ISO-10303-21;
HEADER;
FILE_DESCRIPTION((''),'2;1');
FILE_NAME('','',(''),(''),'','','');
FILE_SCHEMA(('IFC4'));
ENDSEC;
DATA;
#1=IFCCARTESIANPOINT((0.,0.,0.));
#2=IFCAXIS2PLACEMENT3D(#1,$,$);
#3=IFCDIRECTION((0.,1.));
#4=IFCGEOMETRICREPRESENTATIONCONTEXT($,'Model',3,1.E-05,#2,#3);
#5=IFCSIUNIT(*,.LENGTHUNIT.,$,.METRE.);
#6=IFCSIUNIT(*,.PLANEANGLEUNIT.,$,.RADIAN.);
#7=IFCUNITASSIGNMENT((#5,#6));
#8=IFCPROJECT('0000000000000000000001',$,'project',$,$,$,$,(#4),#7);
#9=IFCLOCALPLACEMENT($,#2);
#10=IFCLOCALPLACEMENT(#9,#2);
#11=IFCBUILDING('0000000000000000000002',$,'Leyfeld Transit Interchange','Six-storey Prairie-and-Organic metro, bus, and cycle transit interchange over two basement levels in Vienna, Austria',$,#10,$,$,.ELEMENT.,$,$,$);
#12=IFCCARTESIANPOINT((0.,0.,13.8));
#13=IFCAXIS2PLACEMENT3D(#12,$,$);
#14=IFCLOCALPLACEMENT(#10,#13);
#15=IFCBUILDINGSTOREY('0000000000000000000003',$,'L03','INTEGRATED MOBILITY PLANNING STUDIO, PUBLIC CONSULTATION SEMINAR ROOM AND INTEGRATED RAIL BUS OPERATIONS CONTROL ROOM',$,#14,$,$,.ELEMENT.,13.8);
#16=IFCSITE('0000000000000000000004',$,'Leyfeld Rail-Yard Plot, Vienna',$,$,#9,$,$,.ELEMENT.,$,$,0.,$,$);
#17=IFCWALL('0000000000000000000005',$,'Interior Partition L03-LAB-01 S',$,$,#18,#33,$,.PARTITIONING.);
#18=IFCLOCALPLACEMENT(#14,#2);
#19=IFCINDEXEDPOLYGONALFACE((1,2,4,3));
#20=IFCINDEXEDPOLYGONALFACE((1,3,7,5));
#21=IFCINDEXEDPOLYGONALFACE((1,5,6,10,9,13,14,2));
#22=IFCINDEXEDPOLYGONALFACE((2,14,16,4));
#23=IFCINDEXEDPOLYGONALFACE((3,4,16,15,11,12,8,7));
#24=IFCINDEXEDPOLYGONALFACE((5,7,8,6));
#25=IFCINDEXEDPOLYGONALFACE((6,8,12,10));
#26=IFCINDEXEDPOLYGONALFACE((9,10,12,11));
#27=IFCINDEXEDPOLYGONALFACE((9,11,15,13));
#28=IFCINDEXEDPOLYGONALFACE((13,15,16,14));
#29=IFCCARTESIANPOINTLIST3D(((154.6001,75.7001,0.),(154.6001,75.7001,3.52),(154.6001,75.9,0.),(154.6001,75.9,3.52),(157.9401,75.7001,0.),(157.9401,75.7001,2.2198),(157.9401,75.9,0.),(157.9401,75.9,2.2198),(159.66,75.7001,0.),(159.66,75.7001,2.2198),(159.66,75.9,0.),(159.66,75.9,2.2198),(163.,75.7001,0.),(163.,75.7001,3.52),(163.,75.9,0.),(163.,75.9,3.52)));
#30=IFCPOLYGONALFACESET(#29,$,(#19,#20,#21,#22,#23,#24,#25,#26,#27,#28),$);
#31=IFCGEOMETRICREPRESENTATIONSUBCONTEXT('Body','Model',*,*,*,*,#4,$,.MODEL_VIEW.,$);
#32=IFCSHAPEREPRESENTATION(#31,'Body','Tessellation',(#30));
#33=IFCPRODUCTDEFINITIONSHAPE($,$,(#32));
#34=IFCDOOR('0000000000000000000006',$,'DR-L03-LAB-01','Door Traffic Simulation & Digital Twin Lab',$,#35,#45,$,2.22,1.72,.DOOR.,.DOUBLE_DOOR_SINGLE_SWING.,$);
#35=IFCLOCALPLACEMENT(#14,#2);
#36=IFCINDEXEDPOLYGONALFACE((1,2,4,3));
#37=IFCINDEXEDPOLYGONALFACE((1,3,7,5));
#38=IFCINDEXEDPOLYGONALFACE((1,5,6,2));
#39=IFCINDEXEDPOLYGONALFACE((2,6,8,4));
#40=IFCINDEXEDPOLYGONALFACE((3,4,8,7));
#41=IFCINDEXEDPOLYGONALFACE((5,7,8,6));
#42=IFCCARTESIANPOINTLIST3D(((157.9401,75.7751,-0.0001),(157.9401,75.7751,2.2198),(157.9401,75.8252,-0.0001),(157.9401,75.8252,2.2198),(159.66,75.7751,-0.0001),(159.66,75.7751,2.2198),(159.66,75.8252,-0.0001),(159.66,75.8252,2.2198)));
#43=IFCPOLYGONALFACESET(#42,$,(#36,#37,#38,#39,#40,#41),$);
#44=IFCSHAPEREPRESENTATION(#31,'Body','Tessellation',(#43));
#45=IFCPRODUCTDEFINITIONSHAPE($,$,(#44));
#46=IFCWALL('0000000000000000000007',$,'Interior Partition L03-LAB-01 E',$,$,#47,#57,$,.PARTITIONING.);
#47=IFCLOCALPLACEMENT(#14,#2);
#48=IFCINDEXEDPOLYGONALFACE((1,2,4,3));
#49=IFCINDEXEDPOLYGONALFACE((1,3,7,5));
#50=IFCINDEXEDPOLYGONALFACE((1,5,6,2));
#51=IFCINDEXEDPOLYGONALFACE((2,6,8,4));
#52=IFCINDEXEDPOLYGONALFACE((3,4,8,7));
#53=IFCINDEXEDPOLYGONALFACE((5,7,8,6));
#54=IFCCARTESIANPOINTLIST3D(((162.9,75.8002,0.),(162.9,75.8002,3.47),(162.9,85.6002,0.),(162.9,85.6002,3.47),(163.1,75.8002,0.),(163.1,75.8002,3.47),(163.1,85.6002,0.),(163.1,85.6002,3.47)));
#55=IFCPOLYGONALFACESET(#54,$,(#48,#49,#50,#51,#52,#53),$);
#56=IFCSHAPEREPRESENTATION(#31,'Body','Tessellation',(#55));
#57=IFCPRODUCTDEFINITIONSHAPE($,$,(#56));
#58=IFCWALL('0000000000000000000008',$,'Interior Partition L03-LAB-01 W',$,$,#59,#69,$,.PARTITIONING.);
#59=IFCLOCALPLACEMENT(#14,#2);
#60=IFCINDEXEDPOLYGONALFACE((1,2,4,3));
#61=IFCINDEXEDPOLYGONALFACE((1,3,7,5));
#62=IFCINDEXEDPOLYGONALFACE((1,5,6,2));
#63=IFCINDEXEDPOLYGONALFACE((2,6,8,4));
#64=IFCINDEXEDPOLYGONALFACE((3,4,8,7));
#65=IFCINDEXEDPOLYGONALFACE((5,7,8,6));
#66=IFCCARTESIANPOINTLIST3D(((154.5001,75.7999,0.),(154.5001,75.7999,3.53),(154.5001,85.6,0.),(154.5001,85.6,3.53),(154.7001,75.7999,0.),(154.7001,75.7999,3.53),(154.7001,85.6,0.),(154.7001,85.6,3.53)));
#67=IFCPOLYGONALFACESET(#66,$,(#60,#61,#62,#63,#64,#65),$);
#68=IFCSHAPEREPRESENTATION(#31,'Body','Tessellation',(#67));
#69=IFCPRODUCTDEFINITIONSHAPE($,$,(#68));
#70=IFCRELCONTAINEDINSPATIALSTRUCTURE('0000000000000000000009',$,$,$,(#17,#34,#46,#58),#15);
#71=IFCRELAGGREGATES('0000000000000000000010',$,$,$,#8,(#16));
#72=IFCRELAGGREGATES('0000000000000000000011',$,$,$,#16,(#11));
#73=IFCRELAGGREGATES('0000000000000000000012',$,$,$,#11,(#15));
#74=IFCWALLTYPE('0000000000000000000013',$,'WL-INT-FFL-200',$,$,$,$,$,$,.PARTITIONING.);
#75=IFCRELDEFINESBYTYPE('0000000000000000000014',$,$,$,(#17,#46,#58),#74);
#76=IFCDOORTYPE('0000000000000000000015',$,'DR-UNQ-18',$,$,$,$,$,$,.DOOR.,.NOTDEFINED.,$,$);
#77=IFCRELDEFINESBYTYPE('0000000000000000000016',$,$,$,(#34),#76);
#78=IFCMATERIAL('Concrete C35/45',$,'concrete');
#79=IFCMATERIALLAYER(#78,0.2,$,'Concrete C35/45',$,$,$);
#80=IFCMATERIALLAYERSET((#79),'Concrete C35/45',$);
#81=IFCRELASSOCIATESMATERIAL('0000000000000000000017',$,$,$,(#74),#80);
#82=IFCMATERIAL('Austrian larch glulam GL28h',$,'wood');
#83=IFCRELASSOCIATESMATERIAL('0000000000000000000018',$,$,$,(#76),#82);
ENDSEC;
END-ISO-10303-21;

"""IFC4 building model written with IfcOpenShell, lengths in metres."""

from ifc_helpers import new_model, si_unit, direction, frame, frame_2d, origin, place, context, subcontext, project, spatial, rectangle, extrude, material, layer, layer_set, type_object, element, fill, save


model = new_model("IFC4")

# Units and contexts
model_context = context("Model", 3, precision=1e-05, world=origin(), true_north=direction((0.0, 1.0)))
body_context = subcontext(model_context, "Body", "Model", "MODEL_VIEW")
ifc_project = project(units=[si_unit("LENGTHUNIT", "METRE"), si_unit("PLANEANGLEUNIT", "RADIAN")], contexts=[model_context])

# Site, building, storey
site_placement = place(None, origin())
site = spatial("IfcSite", under=ifc_project, at=site_placement, Name="Leyfeld Rail-Yard Plot, Vienna", CompositionType="ELEMENT", RefElevation=0.0)
building_placement = place(site_placement, origin())
building = spatial("IfcBuilding", under=site, at=building_placement, Name="Leyfeld Transit Interchange", Description="Six-storey Prairie-and-Organic metro, bus, and cycle transit interchange over two basement levels in Vienna, Austria", CompositionType="ELEMENT")
storey_placement = place(building_placement, frame((0.0, 0.0, 13.8)))
storey = spatial("IfcBuildingStorey", under=building, at=storey_placement, Name="L03", Description="INTEGRATED MOBILITY PLANNING STUDIO, PUBLIC CONSULTATION SEMINAR ROOM AND INTEGRATED RAIL BUS OPERATIONS CONTROL ROOM", CompositionType="ELEMENT", Elevation=13.8)

# Wall, opening, door
ifc_material_1 = material(Name="Concrete C35/45", Category="concrete")
ifc_layer_1 = layer(ifc_material_1, 0.2, Name="Concrete C35/45")
ifc_layer_set_1 = layer_set([ifc_layer_1], Name="Concrete C35/45")
wall_type_1 = type_object("IfcWallType", Name="WL-INT-FFL-200", PredefinedType="PARTITIONING", material=ifc_layer_set_1)
wall_1_placement = place(storey_placement, frame((163.0, 75.8, 0.0), z_axis=(0.0, 0.0, 1.0), x_axis=(-1.0, 0.0, 0.0)))
wall_1 = element("IfcWall", 1, at=wall_1_placement, inside=storey, type_object=wall_type_1, Name="Interior Partition L03-LAB-01 S", PredefinedType="PARTITIONING", context=body_context, shape_type="SweptSolid", body=[
    extrude(rectangle(XDim=8.3999, YDim=0.2, at=frame_2d((4.2, 0.0))), origin(), (0.0, 0.0, 1.0), 3.52),
])
opening_1_placement = place(wall_1_placement, frame((3.3401, 0.0, 0.0)))
opening_1 = element("IfcOpeningElement", 2, at=opening_1_placement, cuts=wall_1, PredefinedType="OPENING", context=body_context, shape_type="SweptSolid", body=[
    extrude(rectangle(XDim=1.72, YDim=2.22, at=frame_2d((0.8599, 1.1099))), frame((0.0, 0.1099, 0.0), z_axis=(0.0, -1.0, 0.0), x_axis=(1.0, 0.0, 0.0)), (0.0, 0.0, 1.0), 0.22),
])
ifc_material_2 = material(Name="Austrian larch glulam GL28h", Category="wood")
door_type = type_object("IfcDoorType", Name="DR-UNQ-18", OperationType="NOTDEFINED", PredefinedType="DOOR", material=ifc_material_2)
door_placement = place(opening_1_placement, origin())
door = element("IfcDoor", 3, at=door_placement, inside=storey, type_object=door_type, Name="DR-L03-LAB-01", Description="Door Traffic Simulation & Digital Twin Lab", OperationType="DOUBLE_DOOR_SINGLE_SWING", OverallHeight=2.22, OverallWidth=1.72, PredefinedType="DOOR", context=body_context, shape_type="SweptSolid", body=[
    extrude(rectangle(XDim=1.72, YDim=2.22, at=frame_2d((0.8599, 1.1099))), frame((0.0, 0.0249, 0.0), z_axis=(0.0, -1.0, 0.0), x_axis=(1.0, 0.0, 0.0)), (0.0, 0.0, 1.0), 0.05),
])
fill(opening_1, door)

# Walls
wall_2_placement = place(storey_placement, frame((163.0, 85.6001, 0.0), z_axis=(0.0, 0.0, 1.0), x_axis=(0.0, -1.0, 0.0)))
element("IfcWall", 4, at=wall_2_placement, inside=storey, type_object=wall_type_1, Name="Interior Partition L03-LAB-01 E", PredefinedType="PARTITIONING", context=body_context, shape_type="SweptSolid", body=[
    extrude(rectangle(XDim=9.8, YDim=0.2, at=frame_2d((4.8999, 0.0))), origin(), (0.0, 0.0, 1.0), 3.47),
])
wall_3_placement = place(storey_placement, frame((154.6001, 75.8, 0.0), z_axis=(0.0, 0.0, 1.0), x_axis=(0.0, 1.0, 0.0)))
element("IfcWall", 5, at=wall_3_placement, inside=storey, type_object=wall_type_1, Name="Interior Partition L03-LAB-01 W", PredefinedType="PARTITIONING", context=body_context, shape_type="SweptSolid", body=[
    extrude(rectangle(XDim=9.8, YDim=0.2, at=frame_2d((4.8999, 0.0))), origin(), (0.0, 0.0, 1.0), 3.53),
])

save(model, "model.ifc")
